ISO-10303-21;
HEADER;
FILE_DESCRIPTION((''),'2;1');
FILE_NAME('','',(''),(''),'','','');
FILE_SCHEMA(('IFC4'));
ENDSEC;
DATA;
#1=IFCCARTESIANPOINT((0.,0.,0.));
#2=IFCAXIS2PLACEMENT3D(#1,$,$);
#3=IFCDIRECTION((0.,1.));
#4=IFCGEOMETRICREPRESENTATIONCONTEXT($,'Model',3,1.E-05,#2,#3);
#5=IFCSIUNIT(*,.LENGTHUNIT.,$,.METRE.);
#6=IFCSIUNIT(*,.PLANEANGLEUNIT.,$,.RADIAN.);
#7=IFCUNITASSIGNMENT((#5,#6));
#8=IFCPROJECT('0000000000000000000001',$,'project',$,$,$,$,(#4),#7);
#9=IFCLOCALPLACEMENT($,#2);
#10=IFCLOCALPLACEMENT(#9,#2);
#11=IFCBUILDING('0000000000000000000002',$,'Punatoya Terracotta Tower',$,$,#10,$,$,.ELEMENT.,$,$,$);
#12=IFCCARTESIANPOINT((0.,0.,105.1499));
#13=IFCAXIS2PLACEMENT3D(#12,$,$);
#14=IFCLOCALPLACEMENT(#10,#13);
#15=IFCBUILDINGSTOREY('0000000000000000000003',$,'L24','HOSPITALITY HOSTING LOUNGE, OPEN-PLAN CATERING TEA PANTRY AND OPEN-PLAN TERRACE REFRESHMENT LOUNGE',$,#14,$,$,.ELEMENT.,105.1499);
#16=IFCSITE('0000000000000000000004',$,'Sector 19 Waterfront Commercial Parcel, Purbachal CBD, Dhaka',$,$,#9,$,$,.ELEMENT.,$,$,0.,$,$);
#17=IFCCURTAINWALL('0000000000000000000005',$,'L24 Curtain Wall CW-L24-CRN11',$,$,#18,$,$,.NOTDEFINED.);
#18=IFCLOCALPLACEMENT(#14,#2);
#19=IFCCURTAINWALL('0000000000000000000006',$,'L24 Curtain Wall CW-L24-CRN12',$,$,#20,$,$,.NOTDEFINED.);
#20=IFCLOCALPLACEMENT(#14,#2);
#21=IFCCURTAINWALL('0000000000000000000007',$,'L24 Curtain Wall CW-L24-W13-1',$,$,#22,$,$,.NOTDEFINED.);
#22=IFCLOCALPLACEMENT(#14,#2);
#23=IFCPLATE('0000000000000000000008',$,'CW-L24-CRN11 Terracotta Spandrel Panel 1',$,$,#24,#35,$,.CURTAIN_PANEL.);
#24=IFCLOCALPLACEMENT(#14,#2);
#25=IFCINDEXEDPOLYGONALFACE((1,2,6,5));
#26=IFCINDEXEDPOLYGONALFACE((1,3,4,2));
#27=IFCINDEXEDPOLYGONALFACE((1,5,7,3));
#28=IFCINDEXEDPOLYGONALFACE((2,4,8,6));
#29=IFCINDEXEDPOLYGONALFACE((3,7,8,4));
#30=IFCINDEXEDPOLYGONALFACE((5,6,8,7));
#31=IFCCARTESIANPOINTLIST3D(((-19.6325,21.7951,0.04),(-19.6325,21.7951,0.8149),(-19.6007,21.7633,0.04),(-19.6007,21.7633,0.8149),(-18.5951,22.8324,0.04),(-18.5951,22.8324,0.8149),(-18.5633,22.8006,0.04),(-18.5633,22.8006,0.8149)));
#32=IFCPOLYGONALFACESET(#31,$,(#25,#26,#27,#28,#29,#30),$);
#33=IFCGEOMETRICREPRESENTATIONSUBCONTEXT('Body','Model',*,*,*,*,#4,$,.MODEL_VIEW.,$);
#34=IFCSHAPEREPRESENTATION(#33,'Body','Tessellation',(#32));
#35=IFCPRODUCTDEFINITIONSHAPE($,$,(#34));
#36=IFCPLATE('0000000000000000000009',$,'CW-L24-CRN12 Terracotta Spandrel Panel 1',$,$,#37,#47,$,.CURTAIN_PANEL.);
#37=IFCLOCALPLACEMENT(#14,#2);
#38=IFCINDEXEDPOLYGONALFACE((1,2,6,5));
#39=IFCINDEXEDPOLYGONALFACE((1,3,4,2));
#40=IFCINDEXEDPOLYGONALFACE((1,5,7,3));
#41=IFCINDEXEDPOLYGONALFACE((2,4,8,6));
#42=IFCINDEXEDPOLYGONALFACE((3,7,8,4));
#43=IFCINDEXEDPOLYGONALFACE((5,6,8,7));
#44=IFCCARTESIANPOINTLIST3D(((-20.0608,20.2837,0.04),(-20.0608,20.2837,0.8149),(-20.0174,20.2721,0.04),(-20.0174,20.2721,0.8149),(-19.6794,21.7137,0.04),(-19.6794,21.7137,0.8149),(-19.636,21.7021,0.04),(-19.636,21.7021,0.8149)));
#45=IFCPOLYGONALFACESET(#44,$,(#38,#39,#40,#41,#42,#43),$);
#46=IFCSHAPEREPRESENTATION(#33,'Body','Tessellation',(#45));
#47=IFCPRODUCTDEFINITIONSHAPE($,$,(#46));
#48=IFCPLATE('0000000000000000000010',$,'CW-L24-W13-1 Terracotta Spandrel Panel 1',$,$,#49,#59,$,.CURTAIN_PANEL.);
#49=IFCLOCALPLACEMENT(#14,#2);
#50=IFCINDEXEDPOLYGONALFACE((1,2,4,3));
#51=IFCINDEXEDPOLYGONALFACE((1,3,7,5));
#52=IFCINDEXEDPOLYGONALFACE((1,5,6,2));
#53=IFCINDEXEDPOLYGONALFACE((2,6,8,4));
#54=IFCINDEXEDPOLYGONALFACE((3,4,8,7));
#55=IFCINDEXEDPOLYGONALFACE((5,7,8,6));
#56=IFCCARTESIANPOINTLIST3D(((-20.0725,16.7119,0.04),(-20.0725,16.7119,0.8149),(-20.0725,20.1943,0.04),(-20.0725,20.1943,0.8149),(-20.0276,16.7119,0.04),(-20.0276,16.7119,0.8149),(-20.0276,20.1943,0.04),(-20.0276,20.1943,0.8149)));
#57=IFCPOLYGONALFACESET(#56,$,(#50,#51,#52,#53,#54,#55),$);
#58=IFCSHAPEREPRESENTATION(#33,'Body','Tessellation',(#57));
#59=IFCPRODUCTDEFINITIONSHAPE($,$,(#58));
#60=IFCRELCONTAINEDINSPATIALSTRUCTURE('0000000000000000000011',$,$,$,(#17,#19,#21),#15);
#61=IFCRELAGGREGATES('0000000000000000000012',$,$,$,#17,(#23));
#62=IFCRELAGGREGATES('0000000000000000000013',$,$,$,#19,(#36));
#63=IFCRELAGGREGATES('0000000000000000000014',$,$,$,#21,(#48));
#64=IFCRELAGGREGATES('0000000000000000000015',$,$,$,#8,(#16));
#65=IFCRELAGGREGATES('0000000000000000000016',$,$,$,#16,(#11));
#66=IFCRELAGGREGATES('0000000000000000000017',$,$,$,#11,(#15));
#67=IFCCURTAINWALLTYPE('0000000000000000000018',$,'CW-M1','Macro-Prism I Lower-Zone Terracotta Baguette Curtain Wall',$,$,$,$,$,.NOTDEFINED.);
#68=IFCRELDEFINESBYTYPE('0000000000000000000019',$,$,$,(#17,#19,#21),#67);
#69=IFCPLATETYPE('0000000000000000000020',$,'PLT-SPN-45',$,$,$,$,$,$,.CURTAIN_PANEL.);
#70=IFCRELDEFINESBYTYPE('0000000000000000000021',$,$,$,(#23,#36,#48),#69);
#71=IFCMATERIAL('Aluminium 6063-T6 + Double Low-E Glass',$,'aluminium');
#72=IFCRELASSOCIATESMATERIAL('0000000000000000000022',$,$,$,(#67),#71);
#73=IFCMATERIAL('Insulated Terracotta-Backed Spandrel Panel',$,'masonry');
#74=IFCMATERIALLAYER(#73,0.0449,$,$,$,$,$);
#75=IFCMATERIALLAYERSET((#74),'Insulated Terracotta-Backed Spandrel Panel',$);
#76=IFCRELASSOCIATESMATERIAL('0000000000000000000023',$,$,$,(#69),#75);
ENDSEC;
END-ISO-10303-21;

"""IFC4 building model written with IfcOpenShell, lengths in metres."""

from ifc_helpers import new_model, si_unit, direction, frame, origin, origin_2d, place, context, subcontext, project, spatial, rectangle, extrude, material, layer, layer_set, type_object, element, aggregate, save


model = new_model("IFC4")

# Units and contexts
model_context = context("Model", 3, precision=1e-05, world=origin(), true_north=direction((0.0, 1.0)))
body_context = subcontext(model_context, "Body", "Model", "MODEL_VIEW")
ifc_project = project(units=[si_unit("LENGTHUNIT", "METRE"), si_unit("PLANEANGLEUNIT", "RADIAN")], contexts=[model_context])

# Site, building, storey
site_placement = place(None, origin())
site = spatial("IfcSite", under=ifc_project, at=site_placement, Name="Sector 19 Waterfront Commercial Parcel, Purbachal CBD, Dhaka", CompositionType="ELEMENT", RefElevation=0.0)
building_placement = place(site_placement, origin())
building = spatial("IfcBuilding", under=site, at=building_placement, Name="Punatoya Terracotta Tower", CompositionType="ELEMENT")
storey_placement = place(building_placement, frame((0.0, 0.0, 105.1499)))
storey = spatial("IfcBuildingStorey", under=building, at=storey_placement, Name="L24", Description="HOSPITALITY HOSTING LOUNGE, OPEN-PLAN CATERING TEA PANTRY AND OPEN-PLAN TERRACE REFRESHMENT LOUNGE", CompositionType="ELEMENT", Elevation=105.1499)

# Shared definitions
ifc_material_1 = material(Name="Aluminium 6063-T6 + Double Low-E Glass", Category="aluminium")
curtain_wall_type = type_object("IfcCurtainWallType", Name="CW-M1", Description="Macro-Prism I Lower-Zone Terracotta Baguette Curtain Wall", PredefinedType="NOTDEFINED", material=ifc_material_1)

# Curtain walls
curtain_wall_1_placement = place(storey_placement, origin())
curtain_wall_1 = element("IfcCurtainWall", 1, at=curtain_wall_1_placement, inside=storey, type_object=curtain_wall_type, Name="L24 Curtain Wall CW-L24-CRN11", PredefinedType="NOTDEFINED")
curtain_wall_2_placement = place(storey_placement, origin())
curtain_wall_2 = element("IfcCurtainWall", 2, at=curtain_wall_2_placement, inside=storey, type_object=curtain_wall_type, Name="L24 Curtain Wall CW-L24-CRN12", PredefinedType="NOTDEFINED")
curtain_wall_3_placement = place(storey_placement, origin())
curtain_wall_3 = element("IfcCurtainWall", 3, at=curtain_wall_3_placement, inside=storey, type_object=curtain_wall_type, Name="L24 Curtain Wall CW-L24-W13-1", PredefinedType="NOTDEFINED")

# Plates
ifc_material_2 = material(Name="Insulated Terracotta-Backed Spandrel Panel", Category="masonry")
ifc_layer_1 = layer(ifc_material_2, 0.0449)
ifc_layer_set_1 = layer_set([ifc_layer_1], Name="Insulated Terracotta-Backed Spandrel Panel")
plate_type_1 = type_object("IfcPlateType", Name="PLT-SPN-45", PredefinedType="CURTAIN_PANEL", material=ifc_layer_set_1)
plate_1_placement = place(storey_placement, frame((-19.0979, 22.2979, 0.04), z_axis=(0.0, 0.0, 1.0), x_axis=(-0.707107, -0.707107, 0.0)))
plate_1 = element("IfcPlate", 4, at=plate_1_placement, type_object=plate_type_1, Name="CW-L24-CRN11 Terracotta Spandrel Panel 1", PredefinedType="CURTAIN_PANEL", context=body_context, shape_type="SweptSolid", body=[
    extrude(rectangle(XDim=1.467, YDim=0.0449, at=origin_2d()), origin(), (0.0, 0.0, 1.0), 0.7749),
])
aggregate(curtain_wall_1, [plate_1])
plate_2_placement = place(storey_placement, frame((-19.8484, 20.9929, 0.04), z_axis=(0.0, 0.0, 1.0), x_axis=(-0.257742, -0.966214, 0.0)))
plate_2 = element("IfcPlate", 5, at=plate_2_placement, type_object=plate_type_1, Name="CW-L24-CRN12 Terracotta Spandrel Panel 1", PredefinedType="CURTAIN_PANEL", context=body_context, shape_type="SweptSolid", body=[
    extrude(rectangle(XDim=1.48, YDim=0.0449, at=origin_2d()), origin(), (0.0, 0.0, 1.0), 0.7749),
])
aggregate(curtain_wall_2, [plate_2])
plate_3_placement = place(storey_placement, frame((-20.05, 18.4531, 0.04), z_axis=(0.0, 0.0, 1.0), x_axis=(0.0, -1.0, 0.0)))
plate_3 = element("IfcPlate", 6, at=plate_3_placement, type_object=plate_type_1, Name="CW-L24-W13-1 Terracotta Spandrel Panel 1", PredefinedType="CURTAIN_PANEL", context=body_context, shape_type="SweptSolid", body=[
    extrude(rectangle(XDim=3.4824, YDim=0.0449, at=origin_2d()), origin(), (0.0, 0.0, 1.0), 0.7749),
])
aggregate(curtain_wall_3, [plate_3])

save(model, "model.ifc")
